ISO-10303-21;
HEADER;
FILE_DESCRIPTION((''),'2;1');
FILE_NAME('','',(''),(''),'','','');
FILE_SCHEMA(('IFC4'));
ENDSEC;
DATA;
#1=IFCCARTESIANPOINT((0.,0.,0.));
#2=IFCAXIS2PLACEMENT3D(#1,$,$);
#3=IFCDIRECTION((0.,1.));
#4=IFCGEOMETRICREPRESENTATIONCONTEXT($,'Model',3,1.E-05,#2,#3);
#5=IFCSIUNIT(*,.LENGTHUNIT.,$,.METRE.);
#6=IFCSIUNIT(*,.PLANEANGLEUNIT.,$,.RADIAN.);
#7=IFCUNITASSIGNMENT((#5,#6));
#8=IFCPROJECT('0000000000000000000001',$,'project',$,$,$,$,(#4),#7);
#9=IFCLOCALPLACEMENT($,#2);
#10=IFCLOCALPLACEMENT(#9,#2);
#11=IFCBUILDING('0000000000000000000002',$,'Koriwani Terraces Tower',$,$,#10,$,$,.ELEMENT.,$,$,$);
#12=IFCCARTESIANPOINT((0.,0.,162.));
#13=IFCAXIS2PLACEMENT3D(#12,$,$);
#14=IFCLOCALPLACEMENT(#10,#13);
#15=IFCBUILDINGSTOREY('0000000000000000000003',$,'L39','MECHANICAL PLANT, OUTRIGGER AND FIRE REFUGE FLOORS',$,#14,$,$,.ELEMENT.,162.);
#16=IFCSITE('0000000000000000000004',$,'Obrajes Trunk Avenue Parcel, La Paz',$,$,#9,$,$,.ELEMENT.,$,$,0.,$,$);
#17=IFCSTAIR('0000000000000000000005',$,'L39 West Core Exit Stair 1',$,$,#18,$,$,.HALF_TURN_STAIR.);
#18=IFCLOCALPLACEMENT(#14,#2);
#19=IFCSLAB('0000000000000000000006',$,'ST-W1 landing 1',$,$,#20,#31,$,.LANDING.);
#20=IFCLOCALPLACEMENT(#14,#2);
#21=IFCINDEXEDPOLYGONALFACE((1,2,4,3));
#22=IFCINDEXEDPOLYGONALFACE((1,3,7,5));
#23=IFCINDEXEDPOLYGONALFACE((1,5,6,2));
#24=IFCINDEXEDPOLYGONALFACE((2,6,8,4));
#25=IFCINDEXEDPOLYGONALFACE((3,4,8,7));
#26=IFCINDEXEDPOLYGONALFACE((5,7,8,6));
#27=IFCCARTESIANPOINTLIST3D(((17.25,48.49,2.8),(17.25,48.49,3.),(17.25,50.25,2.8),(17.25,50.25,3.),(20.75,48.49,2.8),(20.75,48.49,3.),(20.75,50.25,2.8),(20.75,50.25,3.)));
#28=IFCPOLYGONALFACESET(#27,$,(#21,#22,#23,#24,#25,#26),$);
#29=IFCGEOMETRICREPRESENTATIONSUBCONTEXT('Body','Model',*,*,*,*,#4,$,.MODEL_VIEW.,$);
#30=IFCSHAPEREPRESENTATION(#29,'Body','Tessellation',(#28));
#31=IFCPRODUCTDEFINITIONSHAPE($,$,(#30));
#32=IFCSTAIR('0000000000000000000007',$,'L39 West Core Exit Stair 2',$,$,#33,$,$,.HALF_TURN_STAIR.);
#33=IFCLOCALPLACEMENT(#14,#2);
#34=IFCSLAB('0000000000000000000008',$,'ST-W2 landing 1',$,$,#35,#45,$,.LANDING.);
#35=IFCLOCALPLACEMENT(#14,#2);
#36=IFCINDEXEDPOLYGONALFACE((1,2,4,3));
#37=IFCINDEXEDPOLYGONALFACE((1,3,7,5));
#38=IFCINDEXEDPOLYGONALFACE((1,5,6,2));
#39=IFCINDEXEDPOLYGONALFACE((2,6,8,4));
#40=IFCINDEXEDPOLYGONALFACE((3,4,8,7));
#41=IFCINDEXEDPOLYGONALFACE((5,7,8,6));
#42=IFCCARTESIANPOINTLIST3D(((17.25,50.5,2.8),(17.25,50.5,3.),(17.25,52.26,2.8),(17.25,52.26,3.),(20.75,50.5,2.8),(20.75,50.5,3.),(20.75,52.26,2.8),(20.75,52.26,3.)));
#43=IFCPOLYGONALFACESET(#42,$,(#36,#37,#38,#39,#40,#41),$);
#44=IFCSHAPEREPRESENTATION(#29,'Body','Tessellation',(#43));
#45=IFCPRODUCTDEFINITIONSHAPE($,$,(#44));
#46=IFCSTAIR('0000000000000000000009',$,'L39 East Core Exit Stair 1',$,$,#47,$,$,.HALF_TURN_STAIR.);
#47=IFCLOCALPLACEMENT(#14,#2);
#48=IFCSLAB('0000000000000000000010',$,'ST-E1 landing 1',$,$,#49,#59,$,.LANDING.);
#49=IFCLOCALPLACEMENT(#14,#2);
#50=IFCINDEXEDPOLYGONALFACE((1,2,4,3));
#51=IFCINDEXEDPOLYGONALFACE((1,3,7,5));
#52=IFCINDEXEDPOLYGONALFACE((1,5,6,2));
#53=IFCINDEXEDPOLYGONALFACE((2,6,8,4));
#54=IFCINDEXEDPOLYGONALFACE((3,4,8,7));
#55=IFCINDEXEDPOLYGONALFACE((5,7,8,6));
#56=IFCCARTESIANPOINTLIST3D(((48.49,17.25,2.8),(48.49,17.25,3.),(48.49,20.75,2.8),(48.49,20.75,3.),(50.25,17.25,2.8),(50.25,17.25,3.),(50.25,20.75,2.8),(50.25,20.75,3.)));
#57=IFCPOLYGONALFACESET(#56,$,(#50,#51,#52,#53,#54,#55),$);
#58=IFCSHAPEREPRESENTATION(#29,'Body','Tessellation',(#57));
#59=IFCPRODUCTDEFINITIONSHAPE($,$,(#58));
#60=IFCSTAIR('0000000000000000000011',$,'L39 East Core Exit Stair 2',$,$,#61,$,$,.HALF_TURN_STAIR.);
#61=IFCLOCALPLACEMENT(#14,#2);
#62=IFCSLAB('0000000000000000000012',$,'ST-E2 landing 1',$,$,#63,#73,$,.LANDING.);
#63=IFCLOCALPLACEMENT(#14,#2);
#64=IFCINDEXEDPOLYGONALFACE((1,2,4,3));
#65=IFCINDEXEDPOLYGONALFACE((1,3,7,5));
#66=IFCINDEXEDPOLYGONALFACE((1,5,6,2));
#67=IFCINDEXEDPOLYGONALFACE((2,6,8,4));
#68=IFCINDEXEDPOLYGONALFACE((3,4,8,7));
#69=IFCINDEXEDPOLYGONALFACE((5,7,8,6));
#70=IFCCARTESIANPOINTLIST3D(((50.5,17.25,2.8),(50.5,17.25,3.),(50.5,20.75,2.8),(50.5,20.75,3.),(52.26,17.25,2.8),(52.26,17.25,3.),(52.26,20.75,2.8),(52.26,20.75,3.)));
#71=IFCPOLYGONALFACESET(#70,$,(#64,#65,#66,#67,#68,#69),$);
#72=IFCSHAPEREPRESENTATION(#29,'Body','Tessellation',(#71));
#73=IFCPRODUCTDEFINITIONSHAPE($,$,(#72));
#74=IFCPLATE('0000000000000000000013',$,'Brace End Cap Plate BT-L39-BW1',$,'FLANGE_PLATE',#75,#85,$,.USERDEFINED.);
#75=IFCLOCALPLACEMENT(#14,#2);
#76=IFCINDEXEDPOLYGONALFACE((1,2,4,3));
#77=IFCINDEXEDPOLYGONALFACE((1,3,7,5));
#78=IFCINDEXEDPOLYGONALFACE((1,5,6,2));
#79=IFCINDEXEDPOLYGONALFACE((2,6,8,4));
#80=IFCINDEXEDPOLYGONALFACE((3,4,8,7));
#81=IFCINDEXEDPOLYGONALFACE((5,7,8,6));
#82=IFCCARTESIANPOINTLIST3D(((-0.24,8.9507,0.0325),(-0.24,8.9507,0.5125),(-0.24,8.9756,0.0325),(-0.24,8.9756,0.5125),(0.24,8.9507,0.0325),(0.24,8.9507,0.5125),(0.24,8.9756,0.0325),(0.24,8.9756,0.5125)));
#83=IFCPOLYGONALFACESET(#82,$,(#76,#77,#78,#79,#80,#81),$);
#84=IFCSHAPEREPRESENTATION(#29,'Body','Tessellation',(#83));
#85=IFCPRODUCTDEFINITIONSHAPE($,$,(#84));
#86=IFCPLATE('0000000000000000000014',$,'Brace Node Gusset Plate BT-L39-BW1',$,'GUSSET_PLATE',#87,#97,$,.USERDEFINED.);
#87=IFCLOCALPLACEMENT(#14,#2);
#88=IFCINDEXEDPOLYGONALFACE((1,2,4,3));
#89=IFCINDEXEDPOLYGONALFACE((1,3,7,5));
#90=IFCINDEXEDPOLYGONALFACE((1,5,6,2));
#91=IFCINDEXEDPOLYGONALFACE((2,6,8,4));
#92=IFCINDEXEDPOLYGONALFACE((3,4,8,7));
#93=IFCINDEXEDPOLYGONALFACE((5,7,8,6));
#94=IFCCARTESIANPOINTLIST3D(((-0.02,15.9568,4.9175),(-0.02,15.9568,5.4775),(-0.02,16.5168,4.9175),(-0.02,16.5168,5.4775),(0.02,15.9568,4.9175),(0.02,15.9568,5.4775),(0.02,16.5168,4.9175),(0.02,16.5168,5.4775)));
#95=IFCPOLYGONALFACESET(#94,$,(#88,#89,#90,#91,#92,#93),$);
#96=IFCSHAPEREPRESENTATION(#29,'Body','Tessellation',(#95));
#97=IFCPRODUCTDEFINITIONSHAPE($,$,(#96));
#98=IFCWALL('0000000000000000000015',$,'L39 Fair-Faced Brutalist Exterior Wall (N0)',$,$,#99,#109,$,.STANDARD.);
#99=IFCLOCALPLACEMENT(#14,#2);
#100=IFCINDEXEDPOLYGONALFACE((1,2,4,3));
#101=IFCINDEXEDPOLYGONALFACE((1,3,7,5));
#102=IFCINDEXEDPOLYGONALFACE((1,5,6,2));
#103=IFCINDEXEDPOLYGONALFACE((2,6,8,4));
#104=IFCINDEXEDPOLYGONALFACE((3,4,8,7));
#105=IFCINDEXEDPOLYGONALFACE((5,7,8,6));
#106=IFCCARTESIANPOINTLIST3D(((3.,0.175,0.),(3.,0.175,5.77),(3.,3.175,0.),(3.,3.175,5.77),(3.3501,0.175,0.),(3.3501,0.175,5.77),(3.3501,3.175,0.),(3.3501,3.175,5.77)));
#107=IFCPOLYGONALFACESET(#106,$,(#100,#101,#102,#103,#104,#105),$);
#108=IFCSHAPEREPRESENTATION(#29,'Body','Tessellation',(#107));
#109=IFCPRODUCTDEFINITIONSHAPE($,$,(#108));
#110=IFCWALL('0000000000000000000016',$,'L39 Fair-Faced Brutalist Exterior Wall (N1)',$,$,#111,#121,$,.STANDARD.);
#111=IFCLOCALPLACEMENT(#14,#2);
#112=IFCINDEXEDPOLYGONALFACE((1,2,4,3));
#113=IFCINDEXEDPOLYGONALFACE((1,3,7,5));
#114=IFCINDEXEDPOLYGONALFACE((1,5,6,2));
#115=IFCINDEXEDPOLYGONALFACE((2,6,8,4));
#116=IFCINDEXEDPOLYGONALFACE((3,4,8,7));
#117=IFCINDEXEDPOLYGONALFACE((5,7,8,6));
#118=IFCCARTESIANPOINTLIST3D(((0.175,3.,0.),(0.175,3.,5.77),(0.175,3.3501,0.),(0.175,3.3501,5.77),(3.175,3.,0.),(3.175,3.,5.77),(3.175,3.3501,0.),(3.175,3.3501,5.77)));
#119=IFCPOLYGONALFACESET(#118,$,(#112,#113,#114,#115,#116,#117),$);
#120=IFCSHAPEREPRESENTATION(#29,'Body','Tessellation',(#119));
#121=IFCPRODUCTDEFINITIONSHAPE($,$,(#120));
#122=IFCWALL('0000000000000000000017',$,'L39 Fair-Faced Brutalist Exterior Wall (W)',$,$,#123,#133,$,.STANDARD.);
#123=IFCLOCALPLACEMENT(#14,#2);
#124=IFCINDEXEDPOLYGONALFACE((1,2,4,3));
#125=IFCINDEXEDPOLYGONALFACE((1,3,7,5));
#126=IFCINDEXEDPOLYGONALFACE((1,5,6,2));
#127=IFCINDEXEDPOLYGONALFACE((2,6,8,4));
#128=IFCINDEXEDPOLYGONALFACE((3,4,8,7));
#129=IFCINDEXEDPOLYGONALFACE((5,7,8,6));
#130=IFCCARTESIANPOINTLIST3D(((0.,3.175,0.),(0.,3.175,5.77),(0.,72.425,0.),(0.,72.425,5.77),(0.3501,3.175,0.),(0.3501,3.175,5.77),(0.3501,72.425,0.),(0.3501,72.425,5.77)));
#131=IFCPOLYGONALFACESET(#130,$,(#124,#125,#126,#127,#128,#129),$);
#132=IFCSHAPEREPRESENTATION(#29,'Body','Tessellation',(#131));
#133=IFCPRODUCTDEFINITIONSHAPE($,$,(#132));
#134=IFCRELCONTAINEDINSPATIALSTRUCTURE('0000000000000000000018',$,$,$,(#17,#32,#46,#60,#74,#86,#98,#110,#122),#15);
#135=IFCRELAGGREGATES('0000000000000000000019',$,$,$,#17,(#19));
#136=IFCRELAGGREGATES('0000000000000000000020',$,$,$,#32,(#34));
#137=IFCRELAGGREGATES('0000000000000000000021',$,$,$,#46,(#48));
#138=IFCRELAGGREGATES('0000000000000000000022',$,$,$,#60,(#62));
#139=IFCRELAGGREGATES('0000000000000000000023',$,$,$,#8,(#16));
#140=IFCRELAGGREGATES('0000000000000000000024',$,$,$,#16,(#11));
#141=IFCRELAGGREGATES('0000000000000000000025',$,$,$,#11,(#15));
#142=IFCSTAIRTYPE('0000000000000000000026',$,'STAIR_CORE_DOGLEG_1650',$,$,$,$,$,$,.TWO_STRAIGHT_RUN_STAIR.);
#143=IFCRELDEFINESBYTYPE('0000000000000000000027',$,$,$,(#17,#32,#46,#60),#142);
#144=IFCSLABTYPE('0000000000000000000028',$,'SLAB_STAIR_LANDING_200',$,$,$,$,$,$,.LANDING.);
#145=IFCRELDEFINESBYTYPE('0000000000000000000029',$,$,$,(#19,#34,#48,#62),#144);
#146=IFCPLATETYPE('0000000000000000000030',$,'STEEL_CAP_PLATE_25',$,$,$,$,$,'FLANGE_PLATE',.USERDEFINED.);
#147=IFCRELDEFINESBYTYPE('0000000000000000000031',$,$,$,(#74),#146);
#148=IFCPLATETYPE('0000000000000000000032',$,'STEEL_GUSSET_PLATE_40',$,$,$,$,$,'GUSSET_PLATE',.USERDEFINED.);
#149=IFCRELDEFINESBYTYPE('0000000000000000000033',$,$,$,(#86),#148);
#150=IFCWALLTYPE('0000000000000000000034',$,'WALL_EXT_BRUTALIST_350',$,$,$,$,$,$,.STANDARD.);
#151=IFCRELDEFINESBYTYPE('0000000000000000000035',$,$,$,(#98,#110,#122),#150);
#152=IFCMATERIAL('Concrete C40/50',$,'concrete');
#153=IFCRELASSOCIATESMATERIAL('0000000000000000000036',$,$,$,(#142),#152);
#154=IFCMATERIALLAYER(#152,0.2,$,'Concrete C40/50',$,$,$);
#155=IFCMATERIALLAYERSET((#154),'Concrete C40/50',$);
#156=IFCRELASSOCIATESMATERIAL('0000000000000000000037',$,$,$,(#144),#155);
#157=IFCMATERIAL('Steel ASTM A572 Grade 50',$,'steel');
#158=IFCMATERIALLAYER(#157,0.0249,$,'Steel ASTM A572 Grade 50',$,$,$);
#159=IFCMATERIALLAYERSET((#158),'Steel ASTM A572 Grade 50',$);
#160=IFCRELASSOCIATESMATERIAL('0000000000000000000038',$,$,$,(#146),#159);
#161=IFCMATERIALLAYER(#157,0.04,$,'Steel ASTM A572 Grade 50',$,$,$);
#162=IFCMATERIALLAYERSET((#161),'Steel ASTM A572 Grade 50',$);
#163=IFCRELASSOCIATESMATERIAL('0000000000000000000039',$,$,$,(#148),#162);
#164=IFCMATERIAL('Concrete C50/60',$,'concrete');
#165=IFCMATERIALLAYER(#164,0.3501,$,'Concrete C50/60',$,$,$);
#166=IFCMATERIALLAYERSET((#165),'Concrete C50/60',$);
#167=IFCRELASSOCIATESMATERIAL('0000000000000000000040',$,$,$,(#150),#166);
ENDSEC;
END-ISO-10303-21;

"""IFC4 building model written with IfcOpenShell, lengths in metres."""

from ifc_helpers import new_model, si_unit, direction, frame, frame_2d, origin, origin_2d, place, context, subcontext, project, spatial, polyline, rectangle, outline, extrude, material, layer, layer_set, type_object, element, aggregate, save


model = new_model("IFC4")

# Units and contexts
model_context = context("Model", 3, precision=1e-05, world=origin(), true_north=direction((0.0, 1.0)))
body_context = subcontext(model_context, "Body", "Model", "MODEL_VIEW")
ifc_project = project(units=[si_unit("LENGTHUNIT", "METRE"), si_unit("PLANEANGLEUNIT", "RADIAN")], contexts=[model_context])

# Site, building, storey
site_placement = place(None, origin())
site = spatial("IfcSite", under=ifc_project, at=site_placement, Name="Obrajes Trunk Avenue Parcel, La Paz", CompositionType="ELEMENT", RefElevation=0.0)
building_placement = place(site_placement, origin())
building = spatial("IfcBuilding", under=site, at=building_placement, Name="Koriwani Terraces Tower", CompositionType="ELEMENT")
storey_placement = place(building_placement, frame((0.0, 0.0, 162.0)))
storey = spatial("IfcBuildingStorey", under=building, at=storey_placement, Name="L39", Description="MECHANICAL PLANT, OUTRIGGER AND FIRE REFUGE FLOORS", CompositionType="ELEMENT", Elevation=162.0)

# Shared definitions
ifc_material_1 = material(Name="Concrete C50/60", Category="concrete")

# Shared definitions
ifc_material_2 = material(Name="Steel ASTM A572 Grade 50", Category="steel")

# Stairs, slabs
ifc_material_3 = material(Name="Concrete C40/50", Category="concrete")
stair_type = type_object("IfcStairType", Name="STAIR_CORE_DOGLEG_1650", PredefinedType="TWO_STRAIGHT_RUN_STAIR", material=ifc_material_3)
stair_1_placement = place(storey_placement, origin())
stair_1 = element("IfcStair", 1, at=stair_1_placement, inside=storey, type_object=stair_type, Name="L39 West Core Exit Stair 1", PredefinedType="HALF_TURN_STAIR")
ifc_layer_1 = layer(ifc_material_3, 0.2, Name="Concrete C40/50")
ifc_layer_set_1 = layer_set([ifc_layer_1], Name="Concrete C40/50")
slab_type_1 = type_object("IfcSlabType", Name="SLAB_STAIR_LANDING_200", PredefinedType="LANDING", material=ifc_layer_set_1)
slab_1_placement = place(storey_placement, frame((0.0, 0.0, 2.8)))
slab_1 = element("IfcSlab", 2, at=slab_1_placement, type_object=slab_type_1, Name="ST-W1 landing 1", PredefinedType="LANDING", context=body_context, shape_type="SweptSolid", body=[
    extrude(outline(polyline([(20.75, 48.49), (20.75, 50.25), (17.25, 50.25), (17.25, 48.49), (20.75, 48.49)])), origin(), (0.0, 0.0, 1.0), 0.2),
])
aggregate(stair_1, [slab_1])
stair_2_placement = place(storey_placement, origin())
stair_2 = element("IfcStair", 3, at=stair_2_placement, inside=storey, type_object=stair_type, Name="L39 West Core Exit Stair 2", PredefinedType="HALF_TURN_STAIR")
slab_2_placement = place(storey_placement, frame((0.0, 0.0, 2.8)))
slab_2 = element("IfcSlab", 4, at=slab_2_placement, type_object=slab_type_1, Name="ST-W2 landing 1", PredefinedType="LANDING", context=body_context, shape_type="SweptSolid", body=[
    extrude(outline(polyline([(17.25, 52.26), (17.25, 50.5), (20.75, 50.5), (20.75, 52.26), (17.25, 52.26)])), origin(), (0.0, 0.0, 1.0), 0.2),
])
aggregate(stair_2, [slab_2])
stair_3_placement = place(storey_placement, origin())
stair_3 = element("IfcStair", 5, at=stair_3_placement, inside=storey, type_object=stair_type, Name="L39 East Core Exit Stair 1", PredefinedType="HALF_TURN_STAIR")
slab_3_placement = place(storey_placement, frame((0.0, 0.0, 2.8)))
slab_3 = element("IfcSlab", 6, at=slab_3_placement, type_object=slab_type_1, Name="ST-E1 landing 1", PredefinedType="LANDING", context=body_context, shape_type="SweptSolid", body=[
    extrude(outline(polyline([(48.49, 17.25), (50.25, 17.25), (50.25, 20.75), (48.49, 20.75), (48.49, 17.25)])), origin(), (0.0, 0.0, 1.0), 0.2),
])
aggregate(stair_3, [slab_3])
stair_4_placement = place(storey_placement, origin())
stair_4 = element("IfcStair", 7, at=stair_4_placement, inside=storey, type_object=stair_type, Name="L39 East Core Exit Stair 2", PredefinedType="HALF_TURN_STAIR")
slab_4_placement = place(storey_placement, frame((0.0, 0.0, 2.8)))
slab_4 = element("IfcSlab", 8, at=slab_4_placement, type_object=slab_type_1, Name="ST-E2 landing 1", PredefinedType="LANDING", context=body_context, shape_type="SweptSolid", body=[
    extrude(outline(polyline([(52.26, 20.75), (50.5, 20.75), (50.5, 17.25), (52.26, 17.25), (52.26, 20.75)])), origin(), (0.0, 0.0, 1.0), 0.2),
])
aggregate(stair_4, [slab_4])

# Plates
ifc_layer_2 = layer(ifc_material_2, 0.0249, Name="Steel ASTM A572 Grade 50")
ifc_layer_set_2 = layer_set([ifc_layer_2], Name="Steel ASTM A572 Grade 50")
plate_type_1 = type_object("IfcPlateType", Name="STEEL_CAP_PLATE_25", ElementType="FLANGE_PLATE", PredefinedType="USERDEFINED", material=ifc_layer_set_2)
plate_1_placement = place(storey_placement, frame((0.0, 8.9631, 0.0325), z_axis=(0.0, 0.0, 1.0), x_axis=(0.0, 1.0, 0.0)))
element("IfcPlate", 9, at=plate_1_placement, inside=storey, type_object=plate_type_1, Name="Brace End Cap Plate BT-L39-BW1", ObjectType="FLANGE_PLATE", PredefinedType="USERDEFINED", context=body_context, shape_type="SweptSolid", body=[
    extrude(rectangle(XDim=0.0249, YDim=0.48, at=origin_2d()), origin(), (0.0, 0.0, 1.0), 0.48),
])
ifc_layer_3 = layer(ifc_material_2, 0.04, Name="Steel ASTM A572 Grade 50")
ifc_layer_set_3 = layer_set([ifc_layer_3], Name="Steel ASTM A572 Grade 50")
plate_type_2 = type_object("IfcPlateType", Name="STEEL_GUSSET_PLATE_40", ElementType="GUSSET_PLATE", PredefinedType="USERDEFINED", material=ifc_layer_set_3)
plate_2_placement = place(storey_placement, frame((0.0, 16.2368, 4.9175), z_axis=(0.0, 0.0, 1.0), x_axis=(0.0, 1.0, 0.0)))
element("IfcPlate", 10, at=plate_2_placement, inside=storey, type_object=plate_type_2, Name="Brace Node Gusset Plate BT-L39-BW1", ObjectType="GUSSET_PLATE", PredefinedType="USERDEFINED", context=body_context, shape_type="SweptSolid", body=[
    extrude(rectangle(XDim=0.5601, YDim=0.04, at=origin_2d()), origin(), (0.0, 0.0, 1.0), 0.5601),
])

# Walls
ifc_layer_4 = layer(ifc_material_1, 0.3501, Name="Concrete C50/60")
ifc_layer_set_4 = layer_set([ifc_layer_4], Name="Concrete C50/60")
wall_type = type_object("IfcWallType", Name="WALL_EXT_BRUTALIST_350", PredefinedType="STANDARD", material=ifc_layer_set_4)
for number, where, z_axis, x_axis, name in (
    (11, (3.175, 0.175, 0.0), (0.0, 0.0, 1.0), (0.0, 1.0, 0.0), "L39 Fair-Faced Brutalist Exterior Wall (N0)"),
    (12, (3.175, 3.175, 0.0), (0.0, 0.0, 1.0), (-1.0, 0.0, 0.0), "L39 Fair-Faced Brutalist Exterior Wall (N1)"),
):
    element("IfcWall", number, at=place(storey_placement, frame(where, z_axis=z_axis, x_axis=x_axis)), inside=storey, type_object=wall_type, Name=name, PredefinedType="STANDARD", context=body_context, shape_type="SweptSolid", body=[
        extrude(rectangle(XDim=3.0, YDim=0.3501, at=frame_2d((1.5, 0.0))), origin(), (0.0, 0.0, 1.0), 5.77),
    ])
wall_placement = place(storey_placement, frame((0.175, 3.175, 0.0), z_axis=(0.0, 0.0, 1.0), x_axis=(0.0, 1.0, 0.0)))
element("IfcWall", 13, at=wall_placement, inside=storey, type_object=wall_type, Name="L39 Fair-Faced Brutalist Exterior Wall (W)", PredefinedType="STANDARD", context=body_context, shape_type="SweptSolid", body=[
    extrude(rectangle(XDim=69.25, YDim=0.3501, at=frame_2d((34.625, 0.0))), origin(), (0.0, 0.0, 1.0), 5.77),
])

save(model, "model.ifc")
